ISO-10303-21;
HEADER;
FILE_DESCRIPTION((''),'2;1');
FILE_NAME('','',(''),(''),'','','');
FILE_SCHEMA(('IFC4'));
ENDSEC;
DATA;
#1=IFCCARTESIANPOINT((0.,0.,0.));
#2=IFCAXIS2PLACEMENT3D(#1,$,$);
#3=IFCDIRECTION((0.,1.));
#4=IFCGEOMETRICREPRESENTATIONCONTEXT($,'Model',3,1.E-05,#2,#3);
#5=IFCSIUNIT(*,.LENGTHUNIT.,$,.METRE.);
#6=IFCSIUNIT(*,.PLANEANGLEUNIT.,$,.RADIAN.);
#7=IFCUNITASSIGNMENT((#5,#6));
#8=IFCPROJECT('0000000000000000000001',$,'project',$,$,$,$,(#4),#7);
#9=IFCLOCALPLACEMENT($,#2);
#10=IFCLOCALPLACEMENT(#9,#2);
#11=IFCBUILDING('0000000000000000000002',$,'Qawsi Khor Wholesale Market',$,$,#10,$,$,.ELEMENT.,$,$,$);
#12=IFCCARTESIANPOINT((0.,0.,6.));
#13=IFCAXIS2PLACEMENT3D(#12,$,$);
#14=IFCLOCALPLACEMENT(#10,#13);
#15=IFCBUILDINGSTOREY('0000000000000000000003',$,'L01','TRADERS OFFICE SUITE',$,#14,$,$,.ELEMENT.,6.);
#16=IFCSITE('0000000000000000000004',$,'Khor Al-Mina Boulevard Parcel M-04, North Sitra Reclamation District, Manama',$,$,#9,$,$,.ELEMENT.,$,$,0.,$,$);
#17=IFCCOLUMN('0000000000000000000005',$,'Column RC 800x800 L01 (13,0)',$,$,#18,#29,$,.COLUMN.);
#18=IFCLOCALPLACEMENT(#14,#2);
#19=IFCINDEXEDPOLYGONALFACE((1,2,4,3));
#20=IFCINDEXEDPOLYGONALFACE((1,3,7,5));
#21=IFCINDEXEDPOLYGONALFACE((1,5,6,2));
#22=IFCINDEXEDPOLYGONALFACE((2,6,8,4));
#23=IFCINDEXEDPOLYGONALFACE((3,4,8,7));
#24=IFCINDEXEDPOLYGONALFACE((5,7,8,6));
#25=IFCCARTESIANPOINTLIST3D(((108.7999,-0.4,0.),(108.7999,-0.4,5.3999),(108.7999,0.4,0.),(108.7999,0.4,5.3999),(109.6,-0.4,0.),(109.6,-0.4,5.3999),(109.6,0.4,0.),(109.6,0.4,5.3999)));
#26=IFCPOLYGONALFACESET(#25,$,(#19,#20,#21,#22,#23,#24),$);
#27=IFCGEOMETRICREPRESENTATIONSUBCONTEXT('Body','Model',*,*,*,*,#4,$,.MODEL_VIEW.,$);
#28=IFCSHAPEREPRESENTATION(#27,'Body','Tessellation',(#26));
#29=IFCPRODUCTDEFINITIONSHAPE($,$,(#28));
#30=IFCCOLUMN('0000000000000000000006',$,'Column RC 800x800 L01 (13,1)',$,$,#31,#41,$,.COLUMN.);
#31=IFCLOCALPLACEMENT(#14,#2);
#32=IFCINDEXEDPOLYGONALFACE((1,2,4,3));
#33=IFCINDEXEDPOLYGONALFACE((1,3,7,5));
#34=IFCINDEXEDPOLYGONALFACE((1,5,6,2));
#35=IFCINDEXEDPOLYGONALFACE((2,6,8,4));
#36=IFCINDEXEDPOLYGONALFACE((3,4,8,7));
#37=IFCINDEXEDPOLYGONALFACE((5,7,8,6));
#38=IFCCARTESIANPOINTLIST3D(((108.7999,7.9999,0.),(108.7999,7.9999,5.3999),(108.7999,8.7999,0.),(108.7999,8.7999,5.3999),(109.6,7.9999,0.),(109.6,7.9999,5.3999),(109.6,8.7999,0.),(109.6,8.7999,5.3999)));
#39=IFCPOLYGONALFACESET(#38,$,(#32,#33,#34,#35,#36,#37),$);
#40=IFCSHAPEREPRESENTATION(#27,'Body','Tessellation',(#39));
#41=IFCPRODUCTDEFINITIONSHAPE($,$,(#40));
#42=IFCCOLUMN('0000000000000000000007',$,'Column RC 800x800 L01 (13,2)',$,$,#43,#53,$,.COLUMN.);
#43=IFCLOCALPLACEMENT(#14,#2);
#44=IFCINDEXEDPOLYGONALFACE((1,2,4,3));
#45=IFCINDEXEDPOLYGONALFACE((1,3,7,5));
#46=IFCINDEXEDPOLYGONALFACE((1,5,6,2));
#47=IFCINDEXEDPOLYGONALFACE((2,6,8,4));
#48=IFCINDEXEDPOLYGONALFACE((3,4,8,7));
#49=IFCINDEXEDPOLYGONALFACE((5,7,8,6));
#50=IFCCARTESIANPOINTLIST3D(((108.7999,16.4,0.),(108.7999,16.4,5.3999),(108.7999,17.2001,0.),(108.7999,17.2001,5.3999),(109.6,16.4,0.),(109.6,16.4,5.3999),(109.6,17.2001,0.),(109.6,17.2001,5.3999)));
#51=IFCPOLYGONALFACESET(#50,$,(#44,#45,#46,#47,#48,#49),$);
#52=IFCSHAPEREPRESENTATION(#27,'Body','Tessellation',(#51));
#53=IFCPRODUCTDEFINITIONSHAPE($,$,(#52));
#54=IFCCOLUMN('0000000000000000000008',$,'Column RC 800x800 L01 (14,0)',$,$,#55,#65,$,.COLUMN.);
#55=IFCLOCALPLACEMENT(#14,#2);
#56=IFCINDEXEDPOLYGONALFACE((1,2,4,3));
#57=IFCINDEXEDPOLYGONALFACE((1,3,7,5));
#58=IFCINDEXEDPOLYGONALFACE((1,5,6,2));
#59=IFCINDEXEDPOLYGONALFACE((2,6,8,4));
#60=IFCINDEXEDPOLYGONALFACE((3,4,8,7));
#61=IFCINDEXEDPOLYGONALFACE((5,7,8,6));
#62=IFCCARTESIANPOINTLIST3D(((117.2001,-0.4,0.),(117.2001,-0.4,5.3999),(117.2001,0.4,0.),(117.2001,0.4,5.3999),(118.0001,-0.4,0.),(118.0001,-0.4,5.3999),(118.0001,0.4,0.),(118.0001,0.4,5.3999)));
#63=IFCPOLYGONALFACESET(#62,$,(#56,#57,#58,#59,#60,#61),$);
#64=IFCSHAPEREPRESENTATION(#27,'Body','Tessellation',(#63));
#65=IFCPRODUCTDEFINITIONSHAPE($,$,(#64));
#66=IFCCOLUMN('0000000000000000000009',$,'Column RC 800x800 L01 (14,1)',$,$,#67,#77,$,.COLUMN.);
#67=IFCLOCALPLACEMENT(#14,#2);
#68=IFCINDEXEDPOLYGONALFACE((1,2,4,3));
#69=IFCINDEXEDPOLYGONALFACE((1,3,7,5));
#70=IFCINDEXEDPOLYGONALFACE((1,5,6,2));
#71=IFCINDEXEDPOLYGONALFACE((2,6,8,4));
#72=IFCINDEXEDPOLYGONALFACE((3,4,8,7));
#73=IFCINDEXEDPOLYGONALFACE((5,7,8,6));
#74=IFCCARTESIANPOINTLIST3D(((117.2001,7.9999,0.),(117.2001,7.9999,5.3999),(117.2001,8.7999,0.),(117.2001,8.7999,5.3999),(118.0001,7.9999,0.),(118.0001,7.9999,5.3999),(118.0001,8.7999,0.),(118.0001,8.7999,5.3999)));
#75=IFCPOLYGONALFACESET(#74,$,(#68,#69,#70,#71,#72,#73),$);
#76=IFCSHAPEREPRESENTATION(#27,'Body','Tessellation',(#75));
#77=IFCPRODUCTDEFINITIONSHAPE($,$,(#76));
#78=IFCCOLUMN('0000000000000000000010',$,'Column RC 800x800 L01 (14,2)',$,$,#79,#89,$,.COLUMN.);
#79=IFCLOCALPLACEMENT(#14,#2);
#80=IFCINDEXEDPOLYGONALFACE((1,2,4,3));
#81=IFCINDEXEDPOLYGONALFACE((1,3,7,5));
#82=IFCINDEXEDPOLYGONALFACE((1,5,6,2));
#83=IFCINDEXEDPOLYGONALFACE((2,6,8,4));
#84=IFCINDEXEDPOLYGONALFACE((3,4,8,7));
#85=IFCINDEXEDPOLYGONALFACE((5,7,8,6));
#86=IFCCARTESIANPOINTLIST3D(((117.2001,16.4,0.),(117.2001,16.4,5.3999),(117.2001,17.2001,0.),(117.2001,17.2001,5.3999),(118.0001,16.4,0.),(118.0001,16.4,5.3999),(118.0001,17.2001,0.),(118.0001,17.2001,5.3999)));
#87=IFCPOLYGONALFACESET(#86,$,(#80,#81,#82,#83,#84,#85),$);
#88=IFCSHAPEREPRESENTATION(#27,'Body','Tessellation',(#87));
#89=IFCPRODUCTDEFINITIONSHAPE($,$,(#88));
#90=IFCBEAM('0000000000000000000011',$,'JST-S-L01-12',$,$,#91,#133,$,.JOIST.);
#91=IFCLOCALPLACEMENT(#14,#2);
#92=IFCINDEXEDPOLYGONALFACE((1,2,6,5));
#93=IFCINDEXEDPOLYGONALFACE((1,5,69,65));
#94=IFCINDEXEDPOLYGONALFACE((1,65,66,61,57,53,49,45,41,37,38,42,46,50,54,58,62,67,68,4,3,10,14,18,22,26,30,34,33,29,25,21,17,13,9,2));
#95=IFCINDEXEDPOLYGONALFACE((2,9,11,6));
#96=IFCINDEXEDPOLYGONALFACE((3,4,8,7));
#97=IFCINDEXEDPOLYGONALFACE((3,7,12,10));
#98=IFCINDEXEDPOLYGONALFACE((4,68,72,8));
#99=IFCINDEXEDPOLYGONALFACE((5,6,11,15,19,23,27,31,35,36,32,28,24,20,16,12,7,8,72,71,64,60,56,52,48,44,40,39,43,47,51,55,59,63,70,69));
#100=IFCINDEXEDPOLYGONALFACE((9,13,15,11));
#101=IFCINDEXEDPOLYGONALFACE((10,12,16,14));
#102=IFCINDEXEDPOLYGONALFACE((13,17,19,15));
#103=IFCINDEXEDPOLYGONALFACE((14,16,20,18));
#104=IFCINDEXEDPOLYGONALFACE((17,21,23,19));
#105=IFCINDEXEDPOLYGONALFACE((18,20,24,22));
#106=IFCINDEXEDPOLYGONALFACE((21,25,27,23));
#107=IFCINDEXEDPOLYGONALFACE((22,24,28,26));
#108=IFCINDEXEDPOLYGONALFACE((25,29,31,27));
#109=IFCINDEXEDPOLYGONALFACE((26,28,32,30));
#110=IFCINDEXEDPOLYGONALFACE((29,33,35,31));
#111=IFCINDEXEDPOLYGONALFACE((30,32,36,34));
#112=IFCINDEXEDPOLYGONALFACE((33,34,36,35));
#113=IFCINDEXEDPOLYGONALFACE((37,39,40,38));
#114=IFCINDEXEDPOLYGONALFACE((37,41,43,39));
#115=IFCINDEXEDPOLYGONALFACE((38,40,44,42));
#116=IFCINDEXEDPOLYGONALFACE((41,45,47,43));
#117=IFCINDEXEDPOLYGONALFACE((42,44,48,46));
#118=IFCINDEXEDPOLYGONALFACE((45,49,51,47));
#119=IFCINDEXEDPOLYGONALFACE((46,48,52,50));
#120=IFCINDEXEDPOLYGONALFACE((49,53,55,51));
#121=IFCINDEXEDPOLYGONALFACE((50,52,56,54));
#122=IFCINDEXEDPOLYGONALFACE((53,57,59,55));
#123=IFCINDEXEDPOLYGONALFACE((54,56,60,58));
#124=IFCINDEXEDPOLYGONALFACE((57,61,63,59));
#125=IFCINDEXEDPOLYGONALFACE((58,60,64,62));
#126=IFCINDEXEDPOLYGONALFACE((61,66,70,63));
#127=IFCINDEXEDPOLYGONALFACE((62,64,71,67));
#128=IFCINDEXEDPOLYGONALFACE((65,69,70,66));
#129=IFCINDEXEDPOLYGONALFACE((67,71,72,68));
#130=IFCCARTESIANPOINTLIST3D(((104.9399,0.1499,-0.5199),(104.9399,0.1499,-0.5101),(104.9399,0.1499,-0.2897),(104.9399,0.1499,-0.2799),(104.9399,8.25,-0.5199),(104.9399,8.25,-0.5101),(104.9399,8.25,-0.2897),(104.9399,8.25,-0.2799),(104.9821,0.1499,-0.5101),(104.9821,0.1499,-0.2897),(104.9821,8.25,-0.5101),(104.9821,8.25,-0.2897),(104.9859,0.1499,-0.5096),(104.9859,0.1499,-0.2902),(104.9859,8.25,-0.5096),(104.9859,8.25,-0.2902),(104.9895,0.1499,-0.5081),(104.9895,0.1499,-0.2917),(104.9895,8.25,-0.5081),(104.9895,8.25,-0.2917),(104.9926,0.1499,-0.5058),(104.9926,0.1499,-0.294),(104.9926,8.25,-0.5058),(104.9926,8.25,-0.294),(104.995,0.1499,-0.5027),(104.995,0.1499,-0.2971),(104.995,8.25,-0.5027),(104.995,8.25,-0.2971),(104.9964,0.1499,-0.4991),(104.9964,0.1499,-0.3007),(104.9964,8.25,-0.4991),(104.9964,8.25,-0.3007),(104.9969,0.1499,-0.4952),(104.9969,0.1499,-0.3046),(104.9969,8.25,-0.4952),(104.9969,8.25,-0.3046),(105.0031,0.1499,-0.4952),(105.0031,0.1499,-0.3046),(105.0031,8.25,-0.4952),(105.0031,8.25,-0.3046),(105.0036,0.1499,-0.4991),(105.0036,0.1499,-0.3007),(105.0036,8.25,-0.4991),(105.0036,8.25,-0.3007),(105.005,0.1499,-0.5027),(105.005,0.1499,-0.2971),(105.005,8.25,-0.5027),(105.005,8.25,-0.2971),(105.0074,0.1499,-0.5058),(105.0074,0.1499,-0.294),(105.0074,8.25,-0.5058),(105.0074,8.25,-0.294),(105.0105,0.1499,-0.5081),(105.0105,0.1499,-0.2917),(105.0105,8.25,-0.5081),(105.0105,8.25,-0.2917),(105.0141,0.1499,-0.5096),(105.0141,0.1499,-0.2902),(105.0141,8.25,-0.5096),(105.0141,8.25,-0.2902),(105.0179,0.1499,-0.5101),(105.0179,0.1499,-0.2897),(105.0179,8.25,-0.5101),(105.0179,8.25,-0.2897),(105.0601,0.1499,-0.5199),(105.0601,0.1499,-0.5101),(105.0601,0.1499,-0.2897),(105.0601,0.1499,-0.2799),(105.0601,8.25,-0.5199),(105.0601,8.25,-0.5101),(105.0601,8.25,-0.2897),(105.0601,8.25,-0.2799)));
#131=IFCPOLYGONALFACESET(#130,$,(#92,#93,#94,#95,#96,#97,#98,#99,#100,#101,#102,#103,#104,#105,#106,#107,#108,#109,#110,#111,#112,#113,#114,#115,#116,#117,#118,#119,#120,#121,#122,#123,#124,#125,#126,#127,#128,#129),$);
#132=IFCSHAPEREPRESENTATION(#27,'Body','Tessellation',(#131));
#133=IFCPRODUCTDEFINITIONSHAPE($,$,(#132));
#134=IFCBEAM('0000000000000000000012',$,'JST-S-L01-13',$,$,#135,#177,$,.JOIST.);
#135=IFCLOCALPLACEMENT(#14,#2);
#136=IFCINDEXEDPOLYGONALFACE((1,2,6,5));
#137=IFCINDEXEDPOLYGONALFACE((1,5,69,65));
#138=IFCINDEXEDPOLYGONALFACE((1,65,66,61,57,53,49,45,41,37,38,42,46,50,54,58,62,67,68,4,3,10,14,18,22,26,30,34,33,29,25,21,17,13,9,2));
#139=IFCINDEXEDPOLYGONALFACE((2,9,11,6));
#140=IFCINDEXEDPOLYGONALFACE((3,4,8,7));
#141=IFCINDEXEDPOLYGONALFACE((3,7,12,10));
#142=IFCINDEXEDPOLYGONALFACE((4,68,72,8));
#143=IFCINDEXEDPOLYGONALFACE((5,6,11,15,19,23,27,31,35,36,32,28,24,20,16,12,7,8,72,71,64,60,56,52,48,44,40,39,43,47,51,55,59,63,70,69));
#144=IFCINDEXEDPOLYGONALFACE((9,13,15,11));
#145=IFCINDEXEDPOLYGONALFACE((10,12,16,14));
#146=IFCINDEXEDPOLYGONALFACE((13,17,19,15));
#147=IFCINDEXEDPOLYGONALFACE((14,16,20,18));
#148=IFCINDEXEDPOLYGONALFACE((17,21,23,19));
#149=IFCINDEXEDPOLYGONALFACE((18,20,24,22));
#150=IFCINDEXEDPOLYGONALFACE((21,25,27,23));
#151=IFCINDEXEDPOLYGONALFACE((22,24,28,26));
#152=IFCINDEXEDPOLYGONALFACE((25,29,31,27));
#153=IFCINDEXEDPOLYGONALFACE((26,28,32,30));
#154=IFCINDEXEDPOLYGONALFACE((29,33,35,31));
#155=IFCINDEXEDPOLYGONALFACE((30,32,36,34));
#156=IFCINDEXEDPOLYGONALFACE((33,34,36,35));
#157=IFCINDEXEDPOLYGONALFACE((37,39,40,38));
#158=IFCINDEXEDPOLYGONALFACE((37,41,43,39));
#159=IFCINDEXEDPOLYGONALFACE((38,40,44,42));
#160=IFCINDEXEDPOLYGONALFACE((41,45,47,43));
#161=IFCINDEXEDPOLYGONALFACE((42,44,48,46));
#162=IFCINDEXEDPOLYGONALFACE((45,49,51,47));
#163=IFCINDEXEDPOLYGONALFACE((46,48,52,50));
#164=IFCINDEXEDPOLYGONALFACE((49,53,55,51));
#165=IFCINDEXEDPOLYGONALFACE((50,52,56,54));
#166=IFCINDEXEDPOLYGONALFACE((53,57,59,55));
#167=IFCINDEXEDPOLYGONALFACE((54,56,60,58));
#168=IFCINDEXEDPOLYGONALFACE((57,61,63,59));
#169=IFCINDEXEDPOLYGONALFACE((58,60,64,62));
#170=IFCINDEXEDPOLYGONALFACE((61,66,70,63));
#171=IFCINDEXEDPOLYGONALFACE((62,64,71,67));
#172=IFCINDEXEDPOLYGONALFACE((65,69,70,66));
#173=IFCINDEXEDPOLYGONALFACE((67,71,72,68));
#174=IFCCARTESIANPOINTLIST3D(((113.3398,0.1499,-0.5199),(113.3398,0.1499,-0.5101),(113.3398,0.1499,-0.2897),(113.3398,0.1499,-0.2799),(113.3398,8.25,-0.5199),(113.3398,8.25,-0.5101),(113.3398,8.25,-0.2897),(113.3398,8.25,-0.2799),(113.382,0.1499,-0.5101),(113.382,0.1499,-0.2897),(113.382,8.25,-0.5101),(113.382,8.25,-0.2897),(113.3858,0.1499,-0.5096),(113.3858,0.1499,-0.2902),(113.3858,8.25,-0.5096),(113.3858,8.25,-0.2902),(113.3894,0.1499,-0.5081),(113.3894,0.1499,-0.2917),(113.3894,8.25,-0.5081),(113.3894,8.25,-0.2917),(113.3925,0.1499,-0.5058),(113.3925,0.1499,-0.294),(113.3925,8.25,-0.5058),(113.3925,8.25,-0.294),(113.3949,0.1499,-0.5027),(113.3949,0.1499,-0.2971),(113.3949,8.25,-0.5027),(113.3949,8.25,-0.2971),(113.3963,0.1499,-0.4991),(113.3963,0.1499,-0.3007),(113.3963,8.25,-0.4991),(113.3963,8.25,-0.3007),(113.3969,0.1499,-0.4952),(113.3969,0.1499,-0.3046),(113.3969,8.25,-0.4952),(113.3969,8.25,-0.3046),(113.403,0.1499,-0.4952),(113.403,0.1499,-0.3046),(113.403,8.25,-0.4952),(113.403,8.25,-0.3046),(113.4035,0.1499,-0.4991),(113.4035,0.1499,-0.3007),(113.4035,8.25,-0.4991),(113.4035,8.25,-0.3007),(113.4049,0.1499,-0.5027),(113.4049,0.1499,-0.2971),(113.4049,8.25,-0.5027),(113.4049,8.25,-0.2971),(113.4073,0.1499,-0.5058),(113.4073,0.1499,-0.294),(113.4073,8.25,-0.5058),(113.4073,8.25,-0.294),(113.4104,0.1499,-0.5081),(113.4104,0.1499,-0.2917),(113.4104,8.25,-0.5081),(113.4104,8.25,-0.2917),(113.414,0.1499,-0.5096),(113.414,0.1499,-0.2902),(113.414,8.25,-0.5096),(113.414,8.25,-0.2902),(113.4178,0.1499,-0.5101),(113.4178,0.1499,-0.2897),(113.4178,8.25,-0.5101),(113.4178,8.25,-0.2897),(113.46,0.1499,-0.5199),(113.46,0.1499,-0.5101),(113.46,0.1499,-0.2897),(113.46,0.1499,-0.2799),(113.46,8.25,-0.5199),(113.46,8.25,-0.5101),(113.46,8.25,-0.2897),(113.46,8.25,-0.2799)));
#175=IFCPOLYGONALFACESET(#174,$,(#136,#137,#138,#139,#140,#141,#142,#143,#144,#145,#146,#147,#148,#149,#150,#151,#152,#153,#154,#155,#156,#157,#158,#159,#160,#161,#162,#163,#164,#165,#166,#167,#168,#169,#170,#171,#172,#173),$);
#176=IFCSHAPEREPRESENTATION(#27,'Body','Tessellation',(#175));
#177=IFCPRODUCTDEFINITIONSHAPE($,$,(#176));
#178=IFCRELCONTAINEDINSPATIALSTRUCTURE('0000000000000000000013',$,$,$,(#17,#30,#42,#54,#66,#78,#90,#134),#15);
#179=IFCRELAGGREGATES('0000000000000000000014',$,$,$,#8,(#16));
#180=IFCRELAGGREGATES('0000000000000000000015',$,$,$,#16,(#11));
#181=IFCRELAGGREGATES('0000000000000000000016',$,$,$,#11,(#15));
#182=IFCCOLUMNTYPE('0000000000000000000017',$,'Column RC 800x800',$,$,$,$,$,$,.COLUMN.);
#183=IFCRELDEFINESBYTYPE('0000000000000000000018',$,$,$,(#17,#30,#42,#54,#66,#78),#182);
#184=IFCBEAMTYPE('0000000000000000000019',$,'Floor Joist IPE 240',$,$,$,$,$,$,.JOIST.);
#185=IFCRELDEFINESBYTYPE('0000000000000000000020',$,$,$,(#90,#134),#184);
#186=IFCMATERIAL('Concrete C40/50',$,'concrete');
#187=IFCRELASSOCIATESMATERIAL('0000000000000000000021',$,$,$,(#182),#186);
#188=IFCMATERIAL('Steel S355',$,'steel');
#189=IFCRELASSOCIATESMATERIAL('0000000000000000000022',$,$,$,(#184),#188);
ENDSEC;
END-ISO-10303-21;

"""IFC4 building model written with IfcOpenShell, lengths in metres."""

from ifc_helpers import new_model, si_unit, direction, frame, origin, origin_2d, place, context, subcontext, project, spatial, rectangle, i_section, extrude, material, material_profile, profile_set, type_object, element, save


model = new_model("IFC4")

# Units and contexts
model_context = context("Model", 3, precision=1e-05, world=origin(), true_north=direction((0.0, 1.0)))
body_context = subcontext(model_context, "Body", "Model", "MODEL_VIEW")
ifc_project = project(units=[si_unit("LENGTHUNIT", "METRE"), si_unit("PLANEANGLEUNIT", "RADIAN")], contexts=[model_context])

# Site, building, storey
site_placement = place(None, origin())
site = spatial("IfcSite", under=ifc_project, at=site_placement, Name="Khor Al-Mina Boulevard Parcel M-04, North Sitra Reclamation District, Manama", CompositionType="ELEMENT", RefElevation=0.0)
building_placement = place(site_placement, origin())
building = spatial("IfcBuilding", under=site, at=building_placement, Name="Qawsi Khor Wholesale Market", CompositionType="ELEMENT")
storey_placement = place(building_placement, frame((0.0, 0.0, 6.0)))
storey = spatial("IfcBuildingStorey", under=building, at=storey_placement, Name="L01", Description="TRADERS OFFICE SUITE", CompositionType="ELEMENT", Elevation=6.0)

# Columns
ifc_material_1 = material(Name="Concrete C40/50", Category="concrete")
ifc_material_profile_1 = material_profile(ifc_material_1, rectangle(XDim=0.8, YDim=0.8, at=origin_2d()), Name="RC 800x800")
ifc_profile_set_1 = profile_set([ifc_material_profile_1], Name="Concrete C40/50")
column_type = type_object("IfcColumnType", Name="Column RC 800x800", PredefinedType="COLUMN", material=ifc_profile_set_1)
for number, where, z_axis, x_axis, name in (
    (1, (109.2, 0.0, 0.0), (0.0, 0.0, 1.0), (1.0, 0.0, 0.0), "Column RC 800x800 L01 (13,0)"),
    (2, (109.2, 8.3999, 0.0), (0.0, 0.0, 1.0), (1.0, 0.0, 0.0), "Column RC 800x800 L01 (13,1)"),
    (3, (109.2, 16.8, 0.0), (0.0, 0.0, 1.0), (1.0, 0.0, 0.0), "Column RC 800x800 L01 (13,2)"),
    (4, (117.6001, 0.0, 0.0), (0.0, 0.0, 1.0), (1.0, 0.0, 0.0), "Column RC 800x800 L01 (14,0)"),
    (5, (117.6001, 8.3999, 0.0), (0.0, 0.0, 1.0), (1.0, 0.0, 0.0), "Column RC 800x800 L01 (14,1)"),
    (6, (117.6001, 16.8, 0.0), (0.0, 0.0, 1.0), (1.0, 0.0, 0.0), "Column RC 800x800 L01 (14,2)"),
):
    element("IfcColumn", number, at=place(storey_placement, frame(where, z_axis=z_axis, x_axis=x_axis)), inside=storey, type_object=column_type, Name=name, PredefinedType="COLUMN", context=body_context, shape_type="SweptSolid", body=[
        extrude(rectangle(XDim=0.8, YDim=0.8, at=origin_2d()), origin(), (0.0, 0.0, 1.0), 5.3999),
    ])

# Beams
ifc_material_2 = material(Name="Steel S355", Category="steel")
ifc_material_profile_2 = material_profile(ifc_material_2, i_section(OverallWidth=0.1201, OverallDepth=0.24, WebThickness=0.0061, FlangeThickness=0.0098, FilletRadius=0.0149, at=origin_2d()), Name="IPE 240")
ifc_profile_set_2 = profile_set([ifc_material_profile_2], Name="Steel S355")
beam_type_1 = type_object("IfcBeamType", Name="Floor Joist IPE 240", PredefinedType="JOIST", material=ifc_profile_set_2)
for number, where, z_axis, x_axis, name in (
    (7, (105.0, 0.1499, -0.3999), (0.0, 1.0, 0.0), (-1.0, 0.0, 0.0), "JST-S-L01-12"),
    (8, (113.3999, 0.1499, -0.3999), (0.0, 1.0, 0.0), (-1.0, 0.0, 0.0), "JST-S-L01-13"),
):
    element("IfcBeam", number, at=place(storey_placement, frame(where, z_axis=z_axis, x_axis=x_axis)), inside=storey, type_object=beam_type_1, Name=name, PredefinedType="JOIST", context=body_context, shape_type="SweptSolid", body=[
        extrude(i_section(OverallWidth=0.1201, OverallDepth=0.24, WebThickness=0.0061, FlangeThickness=0.0098, FilletRadius=0.0149, at=origin_2d()), origin(), (0.0, 0.0, 1.0), 8.1001),
    ])

save(model, "model.ifc")
